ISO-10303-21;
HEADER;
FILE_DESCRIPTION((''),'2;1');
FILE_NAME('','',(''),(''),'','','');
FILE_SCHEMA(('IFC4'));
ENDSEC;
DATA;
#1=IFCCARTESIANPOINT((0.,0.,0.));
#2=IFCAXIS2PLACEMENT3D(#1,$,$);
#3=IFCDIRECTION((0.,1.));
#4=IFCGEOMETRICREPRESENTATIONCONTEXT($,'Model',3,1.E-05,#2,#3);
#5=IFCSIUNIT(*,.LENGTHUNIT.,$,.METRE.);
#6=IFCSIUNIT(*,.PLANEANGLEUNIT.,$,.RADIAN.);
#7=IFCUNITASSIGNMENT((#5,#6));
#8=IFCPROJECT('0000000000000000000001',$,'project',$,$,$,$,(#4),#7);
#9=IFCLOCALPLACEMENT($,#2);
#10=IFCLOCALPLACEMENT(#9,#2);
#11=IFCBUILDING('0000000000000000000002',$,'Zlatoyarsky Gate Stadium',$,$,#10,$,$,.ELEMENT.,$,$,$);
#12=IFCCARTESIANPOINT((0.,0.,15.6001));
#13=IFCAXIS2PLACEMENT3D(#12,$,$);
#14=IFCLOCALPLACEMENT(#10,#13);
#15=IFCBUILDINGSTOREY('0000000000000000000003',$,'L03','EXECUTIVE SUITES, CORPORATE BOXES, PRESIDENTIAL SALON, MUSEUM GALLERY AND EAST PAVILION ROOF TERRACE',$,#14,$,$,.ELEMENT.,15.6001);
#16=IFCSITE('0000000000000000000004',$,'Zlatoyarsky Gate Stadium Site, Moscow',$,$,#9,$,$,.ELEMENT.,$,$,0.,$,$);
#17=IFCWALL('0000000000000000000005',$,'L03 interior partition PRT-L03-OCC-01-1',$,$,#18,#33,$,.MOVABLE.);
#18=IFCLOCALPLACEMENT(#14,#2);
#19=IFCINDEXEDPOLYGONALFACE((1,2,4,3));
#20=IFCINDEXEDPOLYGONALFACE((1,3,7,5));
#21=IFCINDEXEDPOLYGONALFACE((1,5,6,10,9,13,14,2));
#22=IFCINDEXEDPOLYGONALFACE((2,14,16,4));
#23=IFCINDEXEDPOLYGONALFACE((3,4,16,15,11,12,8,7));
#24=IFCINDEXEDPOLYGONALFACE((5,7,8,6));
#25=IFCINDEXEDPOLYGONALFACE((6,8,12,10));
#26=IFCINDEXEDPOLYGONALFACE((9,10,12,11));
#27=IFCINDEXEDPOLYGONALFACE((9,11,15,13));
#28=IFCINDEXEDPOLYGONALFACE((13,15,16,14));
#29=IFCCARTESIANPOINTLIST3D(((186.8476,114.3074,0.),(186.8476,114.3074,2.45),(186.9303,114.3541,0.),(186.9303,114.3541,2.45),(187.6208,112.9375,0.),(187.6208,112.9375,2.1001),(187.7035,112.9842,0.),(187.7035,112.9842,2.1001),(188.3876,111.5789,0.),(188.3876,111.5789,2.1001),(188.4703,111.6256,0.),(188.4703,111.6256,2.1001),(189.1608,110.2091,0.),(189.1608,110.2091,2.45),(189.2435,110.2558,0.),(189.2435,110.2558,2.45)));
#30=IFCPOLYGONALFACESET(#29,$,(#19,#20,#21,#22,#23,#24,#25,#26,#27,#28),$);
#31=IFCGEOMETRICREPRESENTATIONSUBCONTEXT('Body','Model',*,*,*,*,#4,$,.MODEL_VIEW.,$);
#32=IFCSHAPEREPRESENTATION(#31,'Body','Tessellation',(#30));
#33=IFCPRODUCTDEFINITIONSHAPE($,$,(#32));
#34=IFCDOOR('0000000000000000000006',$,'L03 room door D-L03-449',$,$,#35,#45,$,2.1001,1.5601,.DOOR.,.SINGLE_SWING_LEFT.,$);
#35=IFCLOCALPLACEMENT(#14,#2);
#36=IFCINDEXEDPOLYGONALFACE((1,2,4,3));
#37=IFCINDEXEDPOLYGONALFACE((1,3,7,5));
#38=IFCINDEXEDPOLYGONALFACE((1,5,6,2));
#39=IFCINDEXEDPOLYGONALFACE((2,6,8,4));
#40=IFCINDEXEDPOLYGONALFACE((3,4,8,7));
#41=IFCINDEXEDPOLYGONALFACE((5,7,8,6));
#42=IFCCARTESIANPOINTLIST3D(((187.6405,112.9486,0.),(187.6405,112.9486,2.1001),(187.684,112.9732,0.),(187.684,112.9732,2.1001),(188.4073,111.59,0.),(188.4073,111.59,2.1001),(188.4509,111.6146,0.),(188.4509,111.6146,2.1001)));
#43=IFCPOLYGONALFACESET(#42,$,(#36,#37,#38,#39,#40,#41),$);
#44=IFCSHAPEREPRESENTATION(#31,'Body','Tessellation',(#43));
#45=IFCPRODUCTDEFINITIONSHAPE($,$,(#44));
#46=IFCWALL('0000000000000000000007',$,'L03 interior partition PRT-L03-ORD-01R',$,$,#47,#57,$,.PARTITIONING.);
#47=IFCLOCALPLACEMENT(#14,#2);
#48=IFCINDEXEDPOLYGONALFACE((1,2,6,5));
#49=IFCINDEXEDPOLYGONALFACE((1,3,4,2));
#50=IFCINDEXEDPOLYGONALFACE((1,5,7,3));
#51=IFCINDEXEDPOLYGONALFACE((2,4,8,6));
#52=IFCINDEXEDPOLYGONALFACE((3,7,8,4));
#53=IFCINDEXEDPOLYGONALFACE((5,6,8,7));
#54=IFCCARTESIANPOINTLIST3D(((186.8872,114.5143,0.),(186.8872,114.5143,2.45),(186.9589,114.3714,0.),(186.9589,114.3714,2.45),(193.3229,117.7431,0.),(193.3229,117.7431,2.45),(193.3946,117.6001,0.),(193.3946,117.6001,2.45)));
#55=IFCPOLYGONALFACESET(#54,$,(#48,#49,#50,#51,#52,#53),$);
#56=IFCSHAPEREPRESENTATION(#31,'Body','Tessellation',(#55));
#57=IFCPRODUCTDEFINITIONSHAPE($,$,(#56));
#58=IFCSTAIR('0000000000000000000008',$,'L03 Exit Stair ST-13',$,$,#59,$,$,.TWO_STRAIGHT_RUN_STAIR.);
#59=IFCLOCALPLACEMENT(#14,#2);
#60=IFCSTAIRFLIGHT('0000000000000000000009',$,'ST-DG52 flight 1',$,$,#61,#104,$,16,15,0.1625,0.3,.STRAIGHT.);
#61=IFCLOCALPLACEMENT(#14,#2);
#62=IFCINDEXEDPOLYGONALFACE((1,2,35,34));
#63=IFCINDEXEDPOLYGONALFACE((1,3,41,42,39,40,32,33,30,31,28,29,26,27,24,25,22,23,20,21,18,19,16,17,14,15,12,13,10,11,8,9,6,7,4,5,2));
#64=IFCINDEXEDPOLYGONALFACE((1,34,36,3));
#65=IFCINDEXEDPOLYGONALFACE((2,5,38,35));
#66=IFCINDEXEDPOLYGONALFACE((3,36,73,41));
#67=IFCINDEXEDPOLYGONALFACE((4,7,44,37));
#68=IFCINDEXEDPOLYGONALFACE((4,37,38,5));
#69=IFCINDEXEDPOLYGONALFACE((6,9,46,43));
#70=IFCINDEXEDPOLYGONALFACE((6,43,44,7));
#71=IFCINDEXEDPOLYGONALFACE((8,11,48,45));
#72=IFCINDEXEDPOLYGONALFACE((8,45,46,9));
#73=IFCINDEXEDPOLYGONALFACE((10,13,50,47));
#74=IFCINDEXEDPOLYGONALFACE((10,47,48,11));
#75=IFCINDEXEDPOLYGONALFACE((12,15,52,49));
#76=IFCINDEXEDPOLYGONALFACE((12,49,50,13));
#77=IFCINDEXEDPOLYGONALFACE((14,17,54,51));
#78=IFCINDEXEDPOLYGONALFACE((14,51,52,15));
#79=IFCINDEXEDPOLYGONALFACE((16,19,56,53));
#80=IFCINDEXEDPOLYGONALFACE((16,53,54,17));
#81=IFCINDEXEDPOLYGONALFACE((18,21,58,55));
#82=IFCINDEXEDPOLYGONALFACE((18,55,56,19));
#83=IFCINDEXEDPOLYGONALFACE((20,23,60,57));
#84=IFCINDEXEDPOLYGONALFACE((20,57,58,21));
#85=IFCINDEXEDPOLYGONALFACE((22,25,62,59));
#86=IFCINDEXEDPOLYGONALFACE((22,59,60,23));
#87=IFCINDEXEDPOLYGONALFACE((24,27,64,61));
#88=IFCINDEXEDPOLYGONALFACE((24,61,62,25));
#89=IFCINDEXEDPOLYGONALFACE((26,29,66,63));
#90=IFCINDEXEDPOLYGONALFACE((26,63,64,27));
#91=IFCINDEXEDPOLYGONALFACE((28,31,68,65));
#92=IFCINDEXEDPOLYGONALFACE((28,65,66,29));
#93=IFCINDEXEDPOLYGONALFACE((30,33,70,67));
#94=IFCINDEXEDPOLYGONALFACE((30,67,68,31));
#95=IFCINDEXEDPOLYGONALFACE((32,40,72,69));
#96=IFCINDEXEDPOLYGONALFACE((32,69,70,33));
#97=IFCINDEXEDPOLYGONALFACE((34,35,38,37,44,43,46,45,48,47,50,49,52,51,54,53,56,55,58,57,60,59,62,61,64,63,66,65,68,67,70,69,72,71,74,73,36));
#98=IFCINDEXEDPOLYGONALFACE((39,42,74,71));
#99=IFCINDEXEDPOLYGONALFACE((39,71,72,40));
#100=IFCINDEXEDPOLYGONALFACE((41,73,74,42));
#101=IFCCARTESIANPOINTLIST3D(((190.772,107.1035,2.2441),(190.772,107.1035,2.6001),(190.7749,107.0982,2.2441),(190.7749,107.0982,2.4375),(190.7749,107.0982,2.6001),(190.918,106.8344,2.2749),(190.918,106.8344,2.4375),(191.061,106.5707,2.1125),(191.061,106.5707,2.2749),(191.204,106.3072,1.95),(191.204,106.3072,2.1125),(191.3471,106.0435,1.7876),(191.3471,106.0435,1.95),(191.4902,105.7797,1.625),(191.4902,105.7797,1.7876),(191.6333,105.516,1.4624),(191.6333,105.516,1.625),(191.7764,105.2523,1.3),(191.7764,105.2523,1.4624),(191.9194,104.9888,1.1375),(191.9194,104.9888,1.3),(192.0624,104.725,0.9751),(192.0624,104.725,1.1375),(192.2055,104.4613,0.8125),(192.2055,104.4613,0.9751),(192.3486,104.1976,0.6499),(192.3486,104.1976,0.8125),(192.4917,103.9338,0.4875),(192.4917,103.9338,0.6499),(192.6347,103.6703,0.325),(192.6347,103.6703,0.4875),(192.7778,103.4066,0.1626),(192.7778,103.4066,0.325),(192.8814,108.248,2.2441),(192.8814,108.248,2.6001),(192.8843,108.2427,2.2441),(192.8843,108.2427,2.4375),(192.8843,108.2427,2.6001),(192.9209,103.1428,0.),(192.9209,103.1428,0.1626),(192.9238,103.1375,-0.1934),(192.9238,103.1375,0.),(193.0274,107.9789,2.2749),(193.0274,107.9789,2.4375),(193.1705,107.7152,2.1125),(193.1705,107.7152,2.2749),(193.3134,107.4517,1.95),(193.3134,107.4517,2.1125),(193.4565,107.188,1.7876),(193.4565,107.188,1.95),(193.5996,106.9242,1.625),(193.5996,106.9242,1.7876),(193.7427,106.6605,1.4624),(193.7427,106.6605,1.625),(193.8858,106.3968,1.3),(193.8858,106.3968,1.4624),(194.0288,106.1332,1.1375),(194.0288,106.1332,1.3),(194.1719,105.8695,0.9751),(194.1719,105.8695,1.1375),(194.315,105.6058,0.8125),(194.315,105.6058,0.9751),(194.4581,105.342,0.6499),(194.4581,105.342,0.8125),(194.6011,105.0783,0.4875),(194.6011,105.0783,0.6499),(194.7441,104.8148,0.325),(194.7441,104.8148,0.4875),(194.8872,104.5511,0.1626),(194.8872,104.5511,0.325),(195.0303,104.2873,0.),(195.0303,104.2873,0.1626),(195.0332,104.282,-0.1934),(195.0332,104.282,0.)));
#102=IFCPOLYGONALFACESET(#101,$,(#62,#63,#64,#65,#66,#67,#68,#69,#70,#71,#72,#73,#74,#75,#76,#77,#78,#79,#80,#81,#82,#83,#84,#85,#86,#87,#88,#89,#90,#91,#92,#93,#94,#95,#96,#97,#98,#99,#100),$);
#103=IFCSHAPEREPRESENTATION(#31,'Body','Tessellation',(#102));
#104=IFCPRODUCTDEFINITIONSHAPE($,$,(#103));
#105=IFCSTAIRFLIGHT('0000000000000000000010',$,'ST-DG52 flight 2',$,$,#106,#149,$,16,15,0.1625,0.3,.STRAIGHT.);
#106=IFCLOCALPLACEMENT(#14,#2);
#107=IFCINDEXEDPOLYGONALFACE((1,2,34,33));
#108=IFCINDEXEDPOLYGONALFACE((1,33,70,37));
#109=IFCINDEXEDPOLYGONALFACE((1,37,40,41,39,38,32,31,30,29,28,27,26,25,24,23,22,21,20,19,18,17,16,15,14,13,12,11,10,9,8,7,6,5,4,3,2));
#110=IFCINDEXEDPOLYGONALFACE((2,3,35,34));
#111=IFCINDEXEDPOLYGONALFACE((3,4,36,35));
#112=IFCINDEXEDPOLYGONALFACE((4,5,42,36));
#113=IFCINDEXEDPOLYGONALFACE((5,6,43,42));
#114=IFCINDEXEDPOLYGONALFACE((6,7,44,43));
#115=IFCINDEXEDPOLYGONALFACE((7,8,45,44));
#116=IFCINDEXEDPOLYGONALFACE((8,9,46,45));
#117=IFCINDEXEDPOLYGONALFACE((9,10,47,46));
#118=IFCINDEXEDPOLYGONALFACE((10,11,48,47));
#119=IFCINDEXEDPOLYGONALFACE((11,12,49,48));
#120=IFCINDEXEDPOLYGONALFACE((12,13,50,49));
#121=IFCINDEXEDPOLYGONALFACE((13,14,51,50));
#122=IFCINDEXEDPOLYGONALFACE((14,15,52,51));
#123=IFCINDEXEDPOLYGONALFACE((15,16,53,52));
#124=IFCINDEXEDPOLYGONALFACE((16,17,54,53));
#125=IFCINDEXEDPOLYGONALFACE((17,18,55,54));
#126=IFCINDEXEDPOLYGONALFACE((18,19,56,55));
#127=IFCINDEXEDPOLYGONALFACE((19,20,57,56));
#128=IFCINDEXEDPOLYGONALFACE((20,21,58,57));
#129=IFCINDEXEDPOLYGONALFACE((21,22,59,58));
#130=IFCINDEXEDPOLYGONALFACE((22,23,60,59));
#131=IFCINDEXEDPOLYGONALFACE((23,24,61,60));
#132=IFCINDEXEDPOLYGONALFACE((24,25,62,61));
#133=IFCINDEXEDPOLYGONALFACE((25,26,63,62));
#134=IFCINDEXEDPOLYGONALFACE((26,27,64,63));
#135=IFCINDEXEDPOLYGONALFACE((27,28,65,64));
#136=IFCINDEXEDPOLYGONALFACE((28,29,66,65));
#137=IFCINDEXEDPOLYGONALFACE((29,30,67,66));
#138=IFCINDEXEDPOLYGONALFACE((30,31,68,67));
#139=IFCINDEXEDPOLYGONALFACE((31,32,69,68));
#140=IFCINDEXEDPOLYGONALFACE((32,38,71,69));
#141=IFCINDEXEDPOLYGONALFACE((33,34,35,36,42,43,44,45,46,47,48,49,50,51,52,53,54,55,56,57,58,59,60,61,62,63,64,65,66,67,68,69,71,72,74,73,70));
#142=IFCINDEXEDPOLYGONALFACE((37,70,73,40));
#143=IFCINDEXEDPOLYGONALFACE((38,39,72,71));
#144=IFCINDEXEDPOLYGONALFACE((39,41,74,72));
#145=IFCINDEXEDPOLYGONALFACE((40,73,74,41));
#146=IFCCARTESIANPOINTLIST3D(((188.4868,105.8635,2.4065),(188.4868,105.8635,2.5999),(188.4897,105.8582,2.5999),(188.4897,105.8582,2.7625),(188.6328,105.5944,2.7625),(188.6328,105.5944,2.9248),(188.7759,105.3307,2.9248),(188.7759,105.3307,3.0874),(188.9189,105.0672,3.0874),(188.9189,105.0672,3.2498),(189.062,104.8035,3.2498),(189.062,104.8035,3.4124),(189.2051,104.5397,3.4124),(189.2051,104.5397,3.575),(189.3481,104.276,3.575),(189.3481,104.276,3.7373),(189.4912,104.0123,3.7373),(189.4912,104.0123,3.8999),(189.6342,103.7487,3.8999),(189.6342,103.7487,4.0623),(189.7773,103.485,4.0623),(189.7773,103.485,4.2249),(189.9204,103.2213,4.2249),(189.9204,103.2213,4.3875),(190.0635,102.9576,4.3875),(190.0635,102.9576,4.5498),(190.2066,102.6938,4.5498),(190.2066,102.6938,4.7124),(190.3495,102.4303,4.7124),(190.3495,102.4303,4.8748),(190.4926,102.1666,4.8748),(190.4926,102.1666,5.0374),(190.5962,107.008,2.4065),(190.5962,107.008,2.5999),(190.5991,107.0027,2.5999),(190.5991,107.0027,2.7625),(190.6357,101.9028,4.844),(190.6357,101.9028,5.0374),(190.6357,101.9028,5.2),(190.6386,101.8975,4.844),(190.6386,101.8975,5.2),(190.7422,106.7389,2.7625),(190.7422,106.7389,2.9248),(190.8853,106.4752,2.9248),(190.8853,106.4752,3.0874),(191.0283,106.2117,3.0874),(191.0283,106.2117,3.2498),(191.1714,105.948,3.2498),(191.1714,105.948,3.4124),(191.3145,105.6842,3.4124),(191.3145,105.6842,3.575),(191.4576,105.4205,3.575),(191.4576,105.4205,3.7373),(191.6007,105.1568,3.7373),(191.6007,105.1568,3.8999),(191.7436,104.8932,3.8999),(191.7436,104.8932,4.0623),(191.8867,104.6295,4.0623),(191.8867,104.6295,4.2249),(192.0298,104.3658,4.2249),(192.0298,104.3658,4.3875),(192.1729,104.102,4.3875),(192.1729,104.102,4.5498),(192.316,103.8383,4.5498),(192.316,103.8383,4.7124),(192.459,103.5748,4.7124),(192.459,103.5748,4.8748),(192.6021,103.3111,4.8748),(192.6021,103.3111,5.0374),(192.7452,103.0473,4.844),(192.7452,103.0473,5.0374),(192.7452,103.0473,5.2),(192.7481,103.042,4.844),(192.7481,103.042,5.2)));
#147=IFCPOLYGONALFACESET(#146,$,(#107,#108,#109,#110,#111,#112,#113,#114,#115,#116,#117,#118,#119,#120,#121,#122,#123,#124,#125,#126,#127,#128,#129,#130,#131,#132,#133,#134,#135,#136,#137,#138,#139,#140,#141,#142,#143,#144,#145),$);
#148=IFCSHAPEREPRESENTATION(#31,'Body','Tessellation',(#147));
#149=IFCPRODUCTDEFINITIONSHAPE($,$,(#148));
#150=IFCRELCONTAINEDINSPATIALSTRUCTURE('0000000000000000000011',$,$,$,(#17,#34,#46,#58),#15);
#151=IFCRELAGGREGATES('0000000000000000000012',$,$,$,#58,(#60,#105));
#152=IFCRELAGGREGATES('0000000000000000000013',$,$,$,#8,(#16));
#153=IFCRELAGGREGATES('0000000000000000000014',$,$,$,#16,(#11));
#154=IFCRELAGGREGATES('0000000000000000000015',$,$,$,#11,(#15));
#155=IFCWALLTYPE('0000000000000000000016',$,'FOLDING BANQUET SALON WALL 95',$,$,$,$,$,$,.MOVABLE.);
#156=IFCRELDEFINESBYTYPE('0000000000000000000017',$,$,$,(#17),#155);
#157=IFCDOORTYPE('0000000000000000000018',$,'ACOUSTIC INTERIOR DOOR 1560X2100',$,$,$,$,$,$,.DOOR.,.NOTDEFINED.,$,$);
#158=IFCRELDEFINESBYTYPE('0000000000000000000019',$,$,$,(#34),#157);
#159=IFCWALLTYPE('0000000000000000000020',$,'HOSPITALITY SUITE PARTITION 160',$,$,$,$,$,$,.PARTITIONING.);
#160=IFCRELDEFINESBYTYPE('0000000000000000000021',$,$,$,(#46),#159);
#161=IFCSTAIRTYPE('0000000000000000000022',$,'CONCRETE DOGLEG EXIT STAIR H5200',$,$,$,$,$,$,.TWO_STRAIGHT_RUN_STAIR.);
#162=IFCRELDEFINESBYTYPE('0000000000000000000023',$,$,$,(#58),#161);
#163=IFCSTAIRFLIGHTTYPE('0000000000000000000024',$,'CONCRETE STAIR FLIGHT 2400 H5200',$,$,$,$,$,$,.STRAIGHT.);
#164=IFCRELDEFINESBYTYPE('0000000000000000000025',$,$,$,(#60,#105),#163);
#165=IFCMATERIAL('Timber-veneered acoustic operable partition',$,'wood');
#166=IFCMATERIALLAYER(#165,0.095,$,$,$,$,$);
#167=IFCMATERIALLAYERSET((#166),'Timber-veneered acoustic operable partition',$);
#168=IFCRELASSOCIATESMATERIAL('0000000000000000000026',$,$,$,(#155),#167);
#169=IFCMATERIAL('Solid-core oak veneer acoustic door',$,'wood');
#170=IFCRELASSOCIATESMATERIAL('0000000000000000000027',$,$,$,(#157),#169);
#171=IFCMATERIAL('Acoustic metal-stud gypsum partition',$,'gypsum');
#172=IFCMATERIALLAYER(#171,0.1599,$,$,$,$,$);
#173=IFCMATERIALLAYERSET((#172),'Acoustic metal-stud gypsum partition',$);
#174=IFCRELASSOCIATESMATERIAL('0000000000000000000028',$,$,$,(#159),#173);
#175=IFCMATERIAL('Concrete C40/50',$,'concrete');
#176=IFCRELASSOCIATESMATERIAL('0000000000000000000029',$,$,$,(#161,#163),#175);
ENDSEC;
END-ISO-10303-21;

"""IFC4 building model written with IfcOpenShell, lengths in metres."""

from ifc_helpers import new_model, si_unit, direction, frame, frame_2d, origin, place, context, subcontext, project, spatial, polyline, rectangle, outline, extrude, material, layer, layer_set, type_object, element, fill, aggregate, save


model = new_model("IFC4")

# Units and contexts
model_context = context("Model", 3, precision=1e-05, world=origin(), true_north=direction((0.0, 1.0)))
body_context = subcontext(model_context, "Body", "Model", "MODEL_VIEW")
ifc_project = project(units=[si_unit("LENGTHUNIT", "METRE"), si_unit("PLANEANGLEUNIT", "RADIAN")], contexts=[model_context])

# Site, building, storey
site_placement = place(None, origin())
site = spatial("IfcSite", under=ifc_project, at=site_placement, Name="Zlatoyarsky Gate Stadium Site, Moscow", CompositionType="ELEMENT", RefElevation=0.0)
building_placement = place(site_placement, origin())
building = spatial("IfcBuilding", under=site, at=building_placement, Name="Zlatoyarsky Gate Stadium", CompositionType="ELEMENT")
storey_placement = place(building_placement, frame((0.0, 0.0, 15.6001)))
storey = spatial("IfcBuildingStorey", under=building, at=storey_placement, Name="L03", Description="EXECUTIVE SUITES, CORPORATE BOXES, PRESIDENTIAL SALON, MUSEUM GALLERY AND EAST PAVILION ROOF TERRACE", CompositionType="ELEMENT", Elevation=15.6001)

# Shared definitions
ifc_material_1 = material(Name="Concrete C40/50", Category="concrete")

# Wall, opening, door
ifc_material_2 = material(Name="Timber-veneered acoustic operable partition", Category="wood")
ifc_layer_1 = layer(ifc_material_2, 0.095)
ifc_layer_set_1 = layer_set([ifc_layer_1], Name="Timber-veneered acoustic operable partition")
wall_type_1 = type_object("IfcWallType", Name="FOLDING BANQUET SALON WALL 95", PredefinedType="MOVABLE", material=ifc_layer_set_1)
wall_1_placement = place(storey_placement, frame((189.2021, 110.2324, 0.0), z_axis=(0.0, 0.0, 1.0), x_axis=(-0.491534, 0.870858, 0.0)))
wall_1 = element("IfcWall", 1, at=wall_1_placement, inside=storey, type_object=wall_type_1, Name="L03 interior partition PRT-L03-OCC-01-1", PredefinedType="MOVABLE", context=body_context, shape_type="SweptSolid", body=[
    extrude(rectangle(XDim=4.7061, YDim=0.095, at=frame_2d((2.353, 0.0))), origin(), (0.0, 0.0, 1.0), 2.45),
])
opening_1_placement = place(wall_1_placement, frame((1.573, 0.0, 0.0)))
opening_1 = element("IfcOpeningElement", 2, at=opening_1_placement, cuts=wall_1, PredefinedType="OPENING", context=body_context, shape_type="SweptSolid", body=[
    extrude(rectangle(XDim=1.5601, YDim=2.1001, at=frame_2d((0.78, 1.05))), frame((0.0, 0.0574, 0.0), z_axis=(0.0, -1.0, 0.0), x_axis=(1.0, 0.0, 0.0)), (0.0, 0.0, 1.0), 0.115),
])
ifc_material_3 = material(Name="Solid-core oak veneer acoustic door", Category="wood")
door_type_1 = type_object("IfcDoorType", Name="ACOUSTIC INTERIOR DOOR 1560X2100", OperationType="NOTDEFINED", PredefinedType="DOOR", material=ifc_material_3)
door_1_placement = place(opening_1_placement, origin())
door_1 = element("IfcDoor", 3, at=door_1_placement, inside=storey, type_object=door_type_1, Name="L03 room door D-L03-449", OperationType="SINGLE_SWING_LEFT", OverallHeight=2.1001, OverallWidth=1.5601, PredefinedType="DOOR", context=body_context, shape_type="SweptSolid", body=[
    extrude(rectangle(XDim=1.5601, YDim=2.1001, at=frame_2d((0.78, 1.05))), frame((0.0, 0.0249, 0.0), z_axis=(0.0, -1.0, 0.0), x_axis=(1.0, 0.0, 0.0)), (0.0, 0.0, 1.0), 0.05),
])
fill(opening_1, door_1)

# Wall
ifc_material_4 = material(Name="Acoustic metal-stud gypsum partition", Category="gypsum")
ifc_layer_2 = layer(ifc_material_4, 0.1599)
ifc_layer_set_2 = layer_set([ifc_layer_2], Name="Acoustic metal-stud gypsum partition")
wall_type_2 = type_object("IfcWallType", Name="HOSPITALITY SUITE PARTITION 160", PredefinedType="PARTITIONING", material=ifc_layer_set_2)
wall_2_placement = place(storey_placement, frame((186.9231, 114.4429, 0.0), z_axis=(0.0, 0.0, 1.0), x_axis=(0.893823, 0.44842, 0.0)))
element("IfcWall", 4, at=wall_2_placement, inside=storey, type_object=wall_type_2, Name="L03 interior partition PRT-L03-ORD-01R", PredefinedType="PARTITIONING", context=body_context, shape_type="SweptSolid", body=[
    extrude(rectangle(XDim=7.2002, YDim=0.1599, at=frame_2d((3.6001, 0.0))), origin(), (0.0, 0.0, 1.0), 2.45),
])

# Stair, stair flights
stair_type = type_object("IfcStairType", Name="CONCRETE DOGLEG EXIT STAIR H5200", PredefinedType="TWO_STRAIGHT_RUN_STAIR", material=ifc_material_1)
stair_placement = place(storey_placement, origin())
stair = element("IfcStair", 5, at=stair_placement, inside=storey, type_object=stair_type, Name="L03 Exit Stair ST-13", PredefinedType="TWO_STRAIGHT_RUN_STAIR")
stair_flight_type = type_object("IfcStairFlightType", Name="CONCRETE STAIR FLIGHT 2400 H5200", PredefinedType="STRAIGHT", material=ifc_material_1)
stair_flight_1_placement = place(storey_placement, frame((193.9756, 103.7151, 0.0), z_axis=(0.0, 0.0, 1.0), x_axis=(-0.47689, 0.878963, 0.0)))
stair_flight_1 = element("IfcStairFlight", 6, at=stair_flight_1_placement, type_object=stair_flight_type, Name="ST-DG52 flight 1", NumberOfRisers=16, NumberOfTreads=15, PredefinedType="STRAIGHT", RiserHeight=0.1625, TreadLength=0.3, context=body_context, shape_type="SweptSolid", body=[
    extrude(outline(polyline([(-0.0061, -0.1934), (-0.0061, 0.0), (0.0, 0.0), (0.0, 0.1626), (0.3, 0.1626), (0.3, 0.325), (0.6001, 0.325), (0.6001, 0.4875), (0.8999, 0.4875), (0.8999, 0.6499), (1.2, 0.6499), (1.2, 0.8125), (1.5, 0.8125), (1.5, 0.9751), (1.8, 0.9751), (1.8, 1.1375), (2.1001, 1.1375), (2.1001, 1.3), (2.3999, 1.3), (2.3999, 1.4624), (2.7, 1.4624), (2.7, 1.625), (3.0, 1.625), (3.0, 1.7876), (3.3, 1.7876), (3.3, 1.95), (3.6001, 1.95), (3.6001, 2.1125), (3.8999, 2.1125), (3.8999, 2.2749), (4.2, 2.2749), (4.2, 2.4375), (4.5, 2.4375), (4.5, 2.6001), (4.5061, 2.6001), (4.5061, 2.2441), (4.5, 2.2441), (-0.0061, -0.1934)])), frame((0.0, 1.2, 0.0), z_axis=(0.0, -1.0, 0.0), x_axis=(1.0, 0.0, 0.0)), (0.0, 0.0, 1.0), 2.3999),
])
stair_flight_2_placement = place(storey_placement, frame((189.5444, 106.4304, 2.5999), z_axis=(0.0, 0.0, 1.0), x_axis=(0.47689, -0.878963, 0.0)))
stair_flight_2 = element("IfcStairFlight", 7, at=stair_flight_2_placement, type_object=stair_flight_type, Name="ST-DG52 flight 2", NumberOfRisers=16, NumberOfTreads=15, PredefinedType="STRAIGHT", RiserHeight=0.1625, TreadLength=0.3, context=body_context, shape_type="SweptSolid", body=[
    extrude(outline(polyline([(-0.0061, -0.1934), (-0.0061, 0.0), (0.0, 0.0), (0.0, 0.1626), (0.3, 0.1626), (0.3, 0.325), (0.6001, 0.325), (0.6001, 0.4875), (0.8999, 0.4875), (0.8999, 0.6499), (1.2, 0.6499), (1.2, 0.8125), (1.5, 0.8125), (1.5, 0.9751), (1.8, 0.9751), (1.8, 1.1375), (2.1001, 1.1375), (2.1001, 1.3), (2.3999, 1.3), (2.3999, 1.4624), (2.7, 1.4624), (2.7, 1.625), (3.0, 1.625), (3.0, 1.7876), (3.3, 1.7876), (3.3, 1.95), (3.6001, 1.95), (3.6001, 2.1125), (3.8999, 2.1125), (3.8999, 2.2749), (4.2, 2.2749), (4.2, 2.4375), (4.5, 2.4375), (4.5, 2.6001), (4.5061, 2.6001), (4.5061, 2.2441), (4.5, 2.2441), (-0.0061, -0.1934)])), frame((0.0, 1.2, 0.0), z_axis=(0.0, -1.0, 0.0), x_axis=(1.0, 0.0, 0.0)), (0.0, 0.0, 1.0), 2.3999),
])
aggregate(stair, [stair_flight_1, stair_flight_2])

save(model, "model.ifc")
